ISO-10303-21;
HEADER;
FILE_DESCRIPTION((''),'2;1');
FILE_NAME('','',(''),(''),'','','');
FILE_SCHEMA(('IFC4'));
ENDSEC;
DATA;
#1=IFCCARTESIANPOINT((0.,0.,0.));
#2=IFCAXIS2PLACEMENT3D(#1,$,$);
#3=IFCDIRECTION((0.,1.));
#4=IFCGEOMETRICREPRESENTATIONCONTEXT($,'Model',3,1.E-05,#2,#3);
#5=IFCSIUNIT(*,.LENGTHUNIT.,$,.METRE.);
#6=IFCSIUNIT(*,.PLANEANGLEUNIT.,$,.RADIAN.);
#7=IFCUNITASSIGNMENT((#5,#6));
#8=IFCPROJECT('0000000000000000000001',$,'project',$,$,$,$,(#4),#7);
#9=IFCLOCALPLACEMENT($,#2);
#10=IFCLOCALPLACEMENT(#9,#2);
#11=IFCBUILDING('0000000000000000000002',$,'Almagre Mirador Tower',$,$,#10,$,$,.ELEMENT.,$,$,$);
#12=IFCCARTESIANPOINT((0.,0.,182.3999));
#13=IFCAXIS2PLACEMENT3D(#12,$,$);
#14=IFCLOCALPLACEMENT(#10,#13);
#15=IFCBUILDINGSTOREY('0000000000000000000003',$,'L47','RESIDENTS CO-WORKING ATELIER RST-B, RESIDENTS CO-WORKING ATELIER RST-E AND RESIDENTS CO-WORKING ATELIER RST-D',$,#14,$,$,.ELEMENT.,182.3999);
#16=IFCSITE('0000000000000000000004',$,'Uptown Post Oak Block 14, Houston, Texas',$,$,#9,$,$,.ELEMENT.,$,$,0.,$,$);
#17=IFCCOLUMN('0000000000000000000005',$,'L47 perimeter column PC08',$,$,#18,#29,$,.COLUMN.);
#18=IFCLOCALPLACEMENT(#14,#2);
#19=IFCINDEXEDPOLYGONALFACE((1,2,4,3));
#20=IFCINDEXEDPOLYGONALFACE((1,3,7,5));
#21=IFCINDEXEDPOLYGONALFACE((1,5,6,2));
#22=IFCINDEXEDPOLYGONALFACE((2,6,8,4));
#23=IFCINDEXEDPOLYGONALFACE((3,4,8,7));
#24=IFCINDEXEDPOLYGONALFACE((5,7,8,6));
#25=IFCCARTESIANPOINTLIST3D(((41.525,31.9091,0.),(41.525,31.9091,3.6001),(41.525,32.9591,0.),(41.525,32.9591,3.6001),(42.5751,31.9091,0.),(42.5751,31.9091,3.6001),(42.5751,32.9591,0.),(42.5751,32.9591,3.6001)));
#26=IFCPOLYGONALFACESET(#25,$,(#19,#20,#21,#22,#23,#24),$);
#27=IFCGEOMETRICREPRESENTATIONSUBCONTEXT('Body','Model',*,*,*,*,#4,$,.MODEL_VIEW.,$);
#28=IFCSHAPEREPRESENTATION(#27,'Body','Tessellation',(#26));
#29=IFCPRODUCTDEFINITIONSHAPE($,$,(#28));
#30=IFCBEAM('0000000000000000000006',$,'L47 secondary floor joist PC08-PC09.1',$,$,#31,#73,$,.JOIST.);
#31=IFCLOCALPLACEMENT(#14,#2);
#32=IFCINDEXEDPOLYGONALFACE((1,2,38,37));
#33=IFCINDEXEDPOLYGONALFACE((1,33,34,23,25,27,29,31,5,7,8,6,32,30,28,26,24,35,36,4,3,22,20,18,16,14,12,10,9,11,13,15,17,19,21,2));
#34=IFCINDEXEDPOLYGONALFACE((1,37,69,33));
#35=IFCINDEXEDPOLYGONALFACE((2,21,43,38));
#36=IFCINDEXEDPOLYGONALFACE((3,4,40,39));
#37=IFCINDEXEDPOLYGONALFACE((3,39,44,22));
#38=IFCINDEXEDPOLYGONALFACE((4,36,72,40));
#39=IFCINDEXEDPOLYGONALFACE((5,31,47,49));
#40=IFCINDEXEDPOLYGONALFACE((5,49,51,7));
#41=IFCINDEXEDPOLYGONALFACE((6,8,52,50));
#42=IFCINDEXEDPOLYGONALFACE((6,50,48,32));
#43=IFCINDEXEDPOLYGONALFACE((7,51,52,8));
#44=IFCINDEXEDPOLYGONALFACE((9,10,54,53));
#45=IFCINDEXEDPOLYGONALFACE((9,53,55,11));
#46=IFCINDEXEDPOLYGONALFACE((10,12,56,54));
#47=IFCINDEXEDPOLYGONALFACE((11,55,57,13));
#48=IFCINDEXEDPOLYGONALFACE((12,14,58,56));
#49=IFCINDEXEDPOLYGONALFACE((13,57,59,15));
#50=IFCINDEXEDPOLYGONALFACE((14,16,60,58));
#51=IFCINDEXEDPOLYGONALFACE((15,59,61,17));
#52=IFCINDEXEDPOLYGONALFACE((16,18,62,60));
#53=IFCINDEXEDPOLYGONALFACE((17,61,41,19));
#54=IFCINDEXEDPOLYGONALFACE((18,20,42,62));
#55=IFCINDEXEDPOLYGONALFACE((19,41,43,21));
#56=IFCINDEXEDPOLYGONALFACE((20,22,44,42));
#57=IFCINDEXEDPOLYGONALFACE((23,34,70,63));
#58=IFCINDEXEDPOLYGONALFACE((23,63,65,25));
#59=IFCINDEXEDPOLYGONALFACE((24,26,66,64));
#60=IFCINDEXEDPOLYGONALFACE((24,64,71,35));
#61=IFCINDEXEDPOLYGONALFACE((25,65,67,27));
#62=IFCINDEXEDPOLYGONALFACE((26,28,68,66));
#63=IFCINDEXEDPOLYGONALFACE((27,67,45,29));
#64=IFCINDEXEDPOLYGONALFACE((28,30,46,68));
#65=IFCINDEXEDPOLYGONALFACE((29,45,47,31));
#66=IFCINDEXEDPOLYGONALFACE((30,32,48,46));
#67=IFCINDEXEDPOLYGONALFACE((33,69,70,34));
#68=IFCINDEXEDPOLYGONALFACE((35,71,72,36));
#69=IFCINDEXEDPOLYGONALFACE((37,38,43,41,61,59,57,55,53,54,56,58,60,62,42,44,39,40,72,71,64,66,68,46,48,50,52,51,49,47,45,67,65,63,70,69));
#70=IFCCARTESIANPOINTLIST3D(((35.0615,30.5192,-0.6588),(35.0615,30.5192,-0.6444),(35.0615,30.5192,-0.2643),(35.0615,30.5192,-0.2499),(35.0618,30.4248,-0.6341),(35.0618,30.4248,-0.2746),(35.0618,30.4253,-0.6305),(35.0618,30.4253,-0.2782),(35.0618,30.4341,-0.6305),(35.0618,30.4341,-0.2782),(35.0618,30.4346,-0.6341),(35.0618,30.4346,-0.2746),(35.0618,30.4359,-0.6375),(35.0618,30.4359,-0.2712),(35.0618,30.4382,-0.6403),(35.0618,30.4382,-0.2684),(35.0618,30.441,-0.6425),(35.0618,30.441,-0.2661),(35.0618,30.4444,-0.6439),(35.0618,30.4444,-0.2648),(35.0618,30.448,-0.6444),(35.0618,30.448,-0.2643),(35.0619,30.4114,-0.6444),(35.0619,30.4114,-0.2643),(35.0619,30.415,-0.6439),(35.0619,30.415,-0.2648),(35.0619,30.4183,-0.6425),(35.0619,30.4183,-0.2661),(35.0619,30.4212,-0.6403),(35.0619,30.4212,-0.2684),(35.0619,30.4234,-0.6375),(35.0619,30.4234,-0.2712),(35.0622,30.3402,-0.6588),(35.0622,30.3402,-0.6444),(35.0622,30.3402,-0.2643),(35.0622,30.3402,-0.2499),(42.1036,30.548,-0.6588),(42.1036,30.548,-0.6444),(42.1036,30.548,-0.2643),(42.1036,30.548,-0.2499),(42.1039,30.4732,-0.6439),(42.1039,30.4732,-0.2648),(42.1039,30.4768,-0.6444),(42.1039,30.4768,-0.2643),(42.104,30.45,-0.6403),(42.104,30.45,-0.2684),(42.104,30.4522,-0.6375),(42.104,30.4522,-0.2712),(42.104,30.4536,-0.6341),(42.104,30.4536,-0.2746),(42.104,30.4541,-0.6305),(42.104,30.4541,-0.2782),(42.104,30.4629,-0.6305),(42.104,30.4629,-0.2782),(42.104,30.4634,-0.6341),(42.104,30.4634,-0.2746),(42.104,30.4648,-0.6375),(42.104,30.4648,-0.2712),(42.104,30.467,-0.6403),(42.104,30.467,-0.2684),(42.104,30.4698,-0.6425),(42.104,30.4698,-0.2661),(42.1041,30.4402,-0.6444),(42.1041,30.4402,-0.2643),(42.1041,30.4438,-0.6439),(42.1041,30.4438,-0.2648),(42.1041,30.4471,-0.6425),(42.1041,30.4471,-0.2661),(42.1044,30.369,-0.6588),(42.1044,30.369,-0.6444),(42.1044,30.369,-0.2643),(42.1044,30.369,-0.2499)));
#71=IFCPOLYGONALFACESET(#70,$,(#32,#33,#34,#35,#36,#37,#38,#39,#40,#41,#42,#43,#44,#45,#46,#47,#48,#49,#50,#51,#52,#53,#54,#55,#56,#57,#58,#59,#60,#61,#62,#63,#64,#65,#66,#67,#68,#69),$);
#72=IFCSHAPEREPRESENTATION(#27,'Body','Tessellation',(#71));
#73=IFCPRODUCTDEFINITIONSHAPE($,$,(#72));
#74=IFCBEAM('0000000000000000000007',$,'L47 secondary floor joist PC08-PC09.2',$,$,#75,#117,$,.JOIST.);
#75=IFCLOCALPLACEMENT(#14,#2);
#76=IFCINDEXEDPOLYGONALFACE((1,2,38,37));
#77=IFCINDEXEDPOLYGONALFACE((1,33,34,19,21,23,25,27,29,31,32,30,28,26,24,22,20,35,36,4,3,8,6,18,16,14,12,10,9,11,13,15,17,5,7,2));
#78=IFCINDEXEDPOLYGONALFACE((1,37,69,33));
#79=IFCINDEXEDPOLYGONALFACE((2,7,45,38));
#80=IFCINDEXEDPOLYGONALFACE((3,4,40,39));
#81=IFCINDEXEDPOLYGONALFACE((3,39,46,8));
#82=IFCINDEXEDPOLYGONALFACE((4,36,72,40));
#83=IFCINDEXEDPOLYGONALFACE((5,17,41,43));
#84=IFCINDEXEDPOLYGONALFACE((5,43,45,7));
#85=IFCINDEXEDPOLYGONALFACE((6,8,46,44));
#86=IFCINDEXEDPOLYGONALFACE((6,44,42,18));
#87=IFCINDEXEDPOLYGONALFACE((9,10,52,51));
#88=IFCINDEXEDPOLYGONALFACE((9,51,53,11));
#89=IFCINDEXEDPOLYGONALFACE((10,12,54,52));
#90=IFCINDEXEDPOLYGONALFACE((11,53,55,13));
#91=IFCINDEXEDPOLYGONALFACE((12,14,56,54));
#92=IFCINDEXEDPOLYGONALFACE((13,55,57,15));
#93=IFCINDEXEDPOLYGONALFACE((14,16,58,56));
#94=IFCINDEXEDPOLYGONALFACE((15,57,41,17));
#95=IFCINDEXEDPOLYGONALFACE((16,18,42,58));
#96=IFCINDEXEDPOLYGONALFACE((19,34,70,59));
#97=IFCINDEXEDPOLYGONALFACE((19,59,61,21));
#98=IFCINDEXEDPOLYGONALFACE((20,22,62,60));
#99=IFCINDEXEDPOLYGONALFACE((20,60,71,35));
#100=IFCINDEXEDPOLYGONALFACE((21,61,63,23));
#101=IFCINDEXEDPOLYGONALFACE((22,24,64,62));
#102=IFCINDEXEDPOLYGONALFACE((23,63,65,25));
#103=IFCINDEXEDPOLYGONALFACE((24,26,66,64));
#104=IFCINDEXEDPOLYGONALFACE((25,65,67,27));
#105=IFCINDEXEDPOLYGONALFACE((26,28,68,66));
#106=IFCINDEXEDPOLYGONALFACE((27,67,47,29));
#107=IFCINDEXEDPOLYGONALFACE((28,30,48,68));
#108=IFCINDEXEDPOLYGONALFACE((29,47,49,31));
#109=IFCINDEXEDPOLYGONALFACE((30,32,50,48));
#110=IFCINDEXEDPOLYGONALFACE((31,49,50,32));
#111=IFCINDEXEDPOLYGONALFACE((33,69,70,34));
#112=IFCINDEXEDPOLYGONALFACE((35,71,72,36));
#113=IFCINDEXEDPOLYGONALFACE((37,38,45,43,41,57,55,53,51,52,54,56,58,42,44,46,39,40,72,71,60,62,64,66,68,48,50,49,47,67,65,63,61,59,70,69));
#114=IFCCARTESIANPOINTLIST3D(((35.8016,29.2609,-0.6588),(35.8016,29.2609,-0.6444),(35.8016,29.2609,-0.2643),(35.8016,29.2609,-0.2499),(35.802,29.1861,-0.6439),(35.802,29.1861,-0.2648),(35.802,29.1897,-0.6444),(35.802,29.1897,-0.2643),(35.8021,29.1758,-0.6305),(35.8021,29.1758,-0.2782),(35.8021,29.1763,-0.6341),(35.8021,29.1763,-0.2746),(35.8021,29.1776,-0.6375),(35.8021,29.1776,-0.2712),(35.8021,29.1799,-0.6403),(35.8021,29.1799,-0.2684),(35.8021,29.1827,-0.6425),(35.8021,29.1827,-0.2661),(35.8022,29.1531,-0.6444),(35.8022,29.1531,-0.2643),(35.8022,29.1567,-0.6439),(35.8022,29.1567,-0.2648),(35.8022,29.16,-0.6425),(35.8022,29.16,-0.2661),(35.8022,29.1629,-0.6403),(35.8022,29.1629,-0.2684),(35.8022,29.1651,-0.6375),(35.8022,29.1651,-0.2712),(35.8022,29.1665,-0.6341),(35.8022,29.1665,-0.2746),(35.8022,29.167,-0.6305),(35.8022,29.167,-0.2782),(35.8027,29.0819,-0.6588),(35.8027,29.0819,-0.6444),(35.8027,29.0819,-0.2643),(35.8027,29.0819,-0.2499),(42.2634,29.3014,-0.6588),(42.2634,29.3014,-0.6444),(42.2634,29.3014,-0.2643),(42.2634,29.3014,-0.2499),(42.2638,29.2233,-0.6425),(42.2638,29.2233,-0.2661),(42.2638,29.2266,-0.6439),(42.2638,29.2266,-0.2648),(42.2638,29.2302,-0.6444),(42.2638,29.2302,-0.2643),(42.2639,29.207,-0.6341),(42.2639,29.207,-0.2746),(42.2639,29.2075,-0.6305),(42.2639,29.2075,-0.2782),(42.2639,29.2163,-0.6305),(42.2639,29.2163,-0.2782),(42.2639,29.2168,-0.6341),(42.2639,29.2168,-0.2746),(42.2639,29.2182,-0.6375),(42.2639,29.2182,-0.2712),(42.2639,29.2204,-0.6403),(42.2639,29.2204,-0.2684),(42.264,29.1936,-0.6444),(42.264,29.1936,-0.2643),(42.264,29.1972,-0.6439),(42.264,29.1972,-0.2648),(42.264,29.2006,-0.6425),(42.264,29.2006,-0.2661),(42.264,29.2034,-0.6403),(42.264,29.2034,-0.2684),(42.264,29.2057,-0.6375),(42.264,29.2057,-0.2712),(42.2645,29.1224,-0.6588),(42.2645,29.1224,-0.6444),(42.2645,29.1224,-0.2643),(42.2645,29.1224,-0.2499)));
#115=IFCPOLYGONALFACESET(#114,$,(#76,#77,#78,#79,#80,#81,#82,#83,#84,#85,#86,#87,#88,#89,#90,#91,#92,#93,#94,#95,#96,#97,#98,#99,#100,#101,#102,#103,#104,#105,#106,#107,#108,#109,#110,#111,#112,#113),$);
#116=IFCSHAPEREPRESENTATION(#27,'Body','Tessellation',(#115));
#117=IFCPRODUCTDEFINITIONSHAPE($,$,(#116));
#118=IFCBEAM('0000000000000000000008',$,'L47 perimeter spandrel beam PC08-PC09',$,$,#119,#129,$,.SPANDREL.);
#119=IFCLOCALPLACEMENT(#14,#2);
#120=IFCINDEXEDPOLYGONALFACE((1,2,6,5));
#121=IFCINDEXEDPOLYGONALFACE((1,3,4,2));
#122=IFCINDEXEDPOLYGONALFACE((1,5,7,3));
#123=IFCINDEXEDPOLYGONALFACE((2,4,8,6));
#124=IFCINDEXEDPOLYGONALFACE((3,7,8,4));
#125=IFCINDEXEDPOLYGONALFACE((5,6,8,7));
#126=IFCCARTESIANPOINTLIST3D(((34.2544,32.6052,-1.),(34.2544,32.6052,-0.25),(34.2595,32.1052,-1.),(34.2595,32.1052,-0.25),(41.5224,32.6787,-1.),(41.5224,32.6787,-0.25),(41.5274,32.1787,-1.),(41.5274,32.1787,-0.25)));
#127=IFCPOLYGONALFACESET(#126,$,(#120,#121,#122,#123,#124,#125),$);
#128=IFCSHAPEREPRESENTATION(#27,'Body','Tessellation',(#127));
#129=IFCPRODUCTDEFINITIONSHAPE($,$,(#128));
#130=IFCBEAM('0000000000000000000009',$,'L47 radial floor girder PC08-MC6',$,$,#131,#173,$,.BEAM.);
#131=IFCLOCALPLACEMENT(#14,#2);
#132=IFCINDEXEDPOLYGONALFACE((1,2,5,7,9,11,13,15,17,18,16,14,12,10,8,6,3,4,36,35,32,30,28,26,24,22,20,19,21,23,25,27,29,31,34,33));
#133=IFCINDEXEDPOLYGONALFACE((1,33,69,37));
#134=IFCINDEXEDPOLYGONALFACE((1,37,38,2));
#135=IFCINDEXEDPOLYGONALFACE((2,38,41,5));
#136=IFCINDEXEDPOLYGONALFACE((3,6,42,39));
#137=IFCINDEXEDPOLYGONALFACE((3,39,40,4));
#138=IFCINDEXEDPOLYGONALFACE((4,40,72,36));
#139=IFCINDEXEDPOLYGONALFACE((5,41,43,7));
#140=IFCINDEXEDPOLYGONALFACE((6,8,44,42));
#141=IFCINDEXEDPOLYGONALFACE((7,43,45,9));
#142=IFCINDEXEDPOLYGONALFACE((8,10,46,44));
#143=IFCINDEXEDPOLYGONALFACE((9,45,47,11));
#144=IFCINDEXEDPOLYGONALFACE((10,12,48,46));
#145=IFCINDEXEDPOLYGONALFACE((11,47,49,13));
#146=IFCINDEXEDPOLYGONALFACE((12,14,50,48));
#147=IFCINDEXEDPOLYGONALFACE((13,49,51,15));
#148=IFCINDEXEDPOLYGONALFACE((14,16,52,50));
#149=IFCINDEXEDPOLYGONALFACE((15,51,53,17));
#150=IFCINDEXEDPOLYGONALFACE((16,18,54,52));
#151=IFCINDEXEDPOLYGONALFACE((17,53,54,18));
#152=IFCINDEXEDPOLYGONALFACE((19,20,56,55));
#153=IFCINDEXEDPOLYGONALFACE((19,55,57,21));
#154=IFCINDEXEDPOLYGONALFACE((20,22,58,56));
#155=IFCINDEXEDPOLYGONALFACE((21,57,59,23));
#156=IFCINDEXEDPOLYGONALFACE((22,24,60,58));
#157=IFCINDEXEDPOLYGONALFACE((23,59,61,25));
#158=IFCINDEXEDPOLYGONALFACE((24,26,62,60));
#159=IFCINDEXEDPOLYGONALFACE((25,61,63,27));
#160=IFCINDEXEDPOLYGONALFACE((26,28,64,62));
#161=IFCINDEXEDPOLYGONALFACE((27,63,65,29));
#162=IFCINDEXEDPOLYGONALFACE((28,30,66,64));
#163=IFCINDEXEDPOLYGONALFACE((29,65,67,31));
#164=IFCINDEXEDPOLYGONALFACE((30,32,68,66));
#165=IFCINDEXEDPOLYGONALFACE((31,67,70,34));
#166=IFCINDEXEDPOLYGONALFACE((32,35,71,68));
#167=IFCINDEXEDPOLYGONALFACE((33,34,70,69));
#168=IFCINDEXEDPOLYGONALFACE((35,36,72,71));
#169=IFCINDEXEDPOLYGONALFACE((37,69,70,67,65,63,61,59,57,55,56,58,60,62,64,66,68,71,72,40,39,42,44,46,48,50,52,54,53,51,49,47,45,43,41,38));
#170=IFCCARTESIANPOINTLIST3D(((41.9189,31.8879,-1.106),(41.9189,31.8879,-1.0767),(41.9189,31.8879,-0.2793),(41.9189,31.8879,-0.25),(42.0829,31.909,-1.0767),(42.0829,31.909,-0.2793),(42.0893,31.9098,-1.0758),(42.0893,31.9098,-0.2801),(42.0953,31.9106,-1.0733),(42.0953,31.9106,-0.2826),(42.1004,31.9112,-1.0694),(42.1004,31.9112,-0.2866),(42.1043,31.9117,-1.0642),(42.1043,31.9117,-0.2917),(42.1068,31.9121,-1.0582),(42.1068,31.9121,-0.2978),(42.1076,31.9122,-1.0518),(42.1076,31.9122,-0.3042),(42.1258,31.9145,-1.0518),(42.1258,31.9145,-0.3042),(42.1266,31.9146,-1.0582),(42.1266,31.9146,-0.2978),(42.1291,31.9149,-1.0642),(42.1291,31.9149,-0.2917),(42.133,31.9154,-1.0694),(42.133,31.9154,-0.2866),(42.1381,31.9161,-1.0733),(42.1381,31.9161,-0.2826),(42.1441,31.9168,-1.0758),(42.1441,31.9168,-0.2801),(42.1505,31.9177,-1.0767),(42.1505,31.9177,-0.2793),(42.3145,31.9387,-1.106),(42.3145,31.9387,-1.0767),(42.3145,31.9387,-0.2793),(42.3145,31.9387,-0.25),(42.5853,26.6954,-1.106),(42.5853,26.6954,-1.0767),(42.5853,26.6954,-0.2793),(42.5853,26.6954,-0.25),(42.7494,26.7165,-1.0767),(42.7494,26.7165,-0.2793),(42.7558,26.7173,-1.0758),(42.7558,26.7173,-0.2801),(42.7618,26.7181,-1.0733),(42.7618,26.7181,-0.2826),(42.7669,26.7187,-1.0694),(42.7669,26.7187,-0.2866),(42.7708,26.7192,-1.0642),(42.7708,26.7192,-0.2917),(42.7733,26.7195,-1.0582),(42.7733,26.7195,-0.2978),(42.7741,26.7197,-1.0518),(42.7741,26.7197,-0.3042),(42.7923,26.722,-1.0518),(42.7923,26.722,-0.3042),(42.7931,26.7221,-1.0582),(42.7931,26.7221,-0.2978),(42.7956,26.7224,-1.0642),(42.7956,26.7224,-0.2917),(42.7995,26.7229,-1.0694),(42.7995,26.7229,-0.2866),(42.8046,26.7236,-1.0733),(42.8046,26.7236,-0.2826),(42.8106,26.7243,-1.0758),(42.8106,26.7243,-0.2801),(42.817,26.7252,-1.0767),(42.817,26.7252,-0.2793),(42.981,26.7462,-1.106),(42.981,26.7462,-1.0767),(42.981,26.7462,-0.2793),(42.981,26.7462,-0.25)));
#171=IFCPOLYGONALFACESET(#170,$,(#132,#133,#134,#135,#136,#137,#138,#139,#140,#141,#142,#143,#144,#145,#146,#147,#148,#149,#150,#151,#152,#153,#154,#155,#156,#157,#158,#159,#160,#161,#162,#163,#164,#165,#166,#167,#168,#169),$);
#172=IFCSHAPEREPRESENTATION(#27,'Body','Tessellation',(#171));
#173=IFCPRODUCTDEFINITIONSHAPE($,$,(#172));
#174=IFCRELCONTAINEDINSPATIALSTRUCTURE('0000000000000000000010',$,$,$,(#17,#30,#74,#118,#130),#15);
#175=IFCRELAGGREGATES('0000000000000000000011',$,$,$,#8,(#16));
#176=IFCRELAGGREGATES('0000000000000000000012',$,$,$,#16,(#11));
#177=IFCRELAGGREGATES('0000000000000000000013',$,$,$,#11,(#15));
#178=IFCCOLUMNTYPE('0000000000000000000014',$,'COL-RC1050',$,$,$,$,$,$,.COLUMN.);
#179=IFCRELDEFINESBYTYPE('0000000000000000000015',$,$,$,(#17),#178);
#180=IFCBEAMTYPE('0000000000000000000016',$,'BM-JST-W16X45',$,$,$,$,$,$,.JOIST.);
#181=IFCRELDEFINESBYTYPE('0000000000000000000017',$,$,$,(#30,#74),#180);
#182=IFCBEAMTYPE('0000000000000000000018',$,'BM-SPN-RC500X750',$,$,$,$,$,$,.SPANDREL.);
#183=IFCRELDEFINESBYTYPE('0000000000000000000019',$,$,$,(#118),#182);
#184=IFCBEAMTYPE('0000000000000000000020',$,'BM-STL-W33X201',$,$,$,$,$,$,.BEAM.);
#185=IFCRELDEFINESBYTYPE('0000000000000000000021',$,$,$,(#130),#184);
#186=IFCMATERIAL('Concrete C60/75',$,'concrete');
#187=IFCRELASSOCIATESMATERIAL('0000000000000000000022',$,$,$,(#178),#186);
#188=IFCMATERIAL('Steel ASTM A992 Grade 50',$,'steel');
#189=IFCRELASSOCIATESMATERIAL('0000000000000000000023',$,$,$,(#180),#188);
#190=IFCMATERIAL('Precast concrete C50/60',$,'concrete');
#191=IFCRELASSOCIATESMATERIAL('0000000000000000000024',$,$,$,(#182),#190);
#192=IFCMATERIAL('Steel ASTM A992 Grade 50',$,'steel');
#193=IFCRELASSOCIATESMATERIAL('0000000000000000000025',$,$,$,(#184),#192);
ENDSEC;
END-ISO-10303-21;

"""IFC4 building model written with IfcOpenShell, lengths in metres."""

from ifc_helpers import new_model, si_unit, direction, frame, origin, origin_2d, place, context, subcontext, project, spatial, rectangle, i_section, extrude, material, material_profile, profile_set, type_object, element, save


model = new_model("IFC4")

# Units and contexts
model_context = context("Model", 3, precision=1e-05, world=origin(), true_north=direction((0.0, 1.0)))
body_context = subcontext(model_context, "Body", "Model", "MODEL_VIEW")
ifc_project = project(units=[si_unit("LENGTHUNIT", "METRE"), si_unit("PLANEANGLEUNIT", "RADIAN")], contexts=[model_context])

# Site, building, storey
site_placement = place(None, origin())
site = spatial("IfcSite", under=ifc_project, at=site_placement, Name="Uptown Post Oak Block 14, Houston, Texas", CompositionType="ELEMENT", RefElevation=0.0)
building_placement = place(site_placement, origin())
building = spatial("IfcBuilding", under=site, at=building_placement, Name="Almagre Mirador Tower", CompositionType="ELEMENT")
storey_placement = place(building_placement, frame((0.0, 0.0, 182.3999)))
storey = spatial("IfcBuildingStorey", under=building, at=storey_placement, Name="L47", Description="RESIDENTS CO-WORKING ATELIER RST-B, RESIDENTS CO-WORKING ATELIER RST-E AND RESIDENTS CO-WORKING ATELIER RST-D", CompositionType="ELEMENT", Elevation=182.3999)

# Column
ifc_material_1 = material(Name="Concrete C60/75", Category="concrete")
ifc_material_profile_1 = material_profile(ifc_material_1, rectangle(XDim=1.05, YDim=1.05, at=origin_2d()), Name="RC1050X1050")
ifc_profile_set_1 = profile_set([ifc_material_profile_1], Name="Concrete C60/75")
column_type = type_object("IfcColumnType", Name="COL-RC1050", PredefinedType="COLUMN", material=ifc_profile_set_1)
column_placement = place(storey_placement, frame((42.05, 32.4341, 0.0), z_axis=(0.0, 0.0, 1.0), x_axis=(1.0, 0.0, 0.0)))
element("IfcColumn", 1, at=column_placement, inside=storey, type_object=column_type, Name="L47 perimeter column PC08", PredefinedType="COLUMN", context=body_context, shape_type="SweptSolid", body=[
    extrude(rectangle(XDim=1.05, YDim=1.05, at=origin_2d()), origin(), (0.0, 0.0, 1.0), 3.6001),
])

# Beams
ifc_material_2 = material(Name="Steel ASTM A992 Grade 50", Category="steel")
ifc_material_profile_2 = material_profile(ifc_material_2, i_section(OverallWidth=0.179, OverallDepth=0.4089, WebThickness=0.0088, FlangeThickness=0.0144, FilletRadius=0.0139, at=origin_2d()), Name="W16X45")
ifc_profile_set_2 = profile_set([ifc_material_profile_2], Name="Steel ASTM A992 Grade 50")
beam_type_1 = type_object("IfcBeamType", Name="BM-JST-W16X45", PredefinedType="JOIST", material=ifc_profile_set_2)
beam_1_placement = place(storey_placement, frame((42.104, 30.4585, -0.4543), z_axis=(-0.999992, -0.004091, 0.0), x_axis=(0.004091, -0.999992, 0.0)))
element("IfcBeam", 2, at=beam_1_placement, inside=storey, type_object=beam_type_1, Name="L47 secondary floor joist PC08-PC09.1", PredefinedType="JOIST", context=body_context, shape_type="SweptSolid", body=[
    extrude(i_section(OverallWidth=0.179, OverallDepth=0.4089, WebThickness=0.0088, FlangeThickness=0.0144, FilletRadius=0.0139, at=origin_2d()), origin(), (0.0, 0.0, 1.0), 7.0422),
])
beam_2_placement = place(storey_placement, frame((42.2639, 29.2119, -0.4543), z_axis=(-0.99998, -0.006272, 0.0), x_axis=(0.006272, -0.99998, 0.0)))
element("IfcBeam", 3, at=beam_2_placement, inside=storey, type_object=beam_type_1, Name="L47 secondary floor joist PC08-PC09.2", PredefinedType="JOIST", context=body_context, shape_type="SweptSolid", body=[
    extrude(i_section(OverallWidth=0.179, OverallDepth=0.4089, WebThickness=0.0088, FlangeThickness=0.0144, FilletRadius=0.0139, at=origin_2d()), origin(), (0.0, 0.0, 1.0), 6.4619),
])
ifc_material_3 = material(Name="Precast concrete C50/60", Category="concrete")
ifc_material_profile_3 = material_profile(ifc_material_3, rectangle(XDim=0.5, YDim=0.75, at=origin_2d()), Name="RC500X750")
ifc_profile_set_3 = profile_set([ifc_material_profile_3], Name="Precast concrete C50/60")
beam_type_2 = type_object("IfcBeamType", Name="BM-SPN-RC500X750", PredefinedType="SPANDREL", material=ifc_profile_set_3)
beam_3_placement = place(storey_placement, frame((41.5249, 32.4287, -0.625), z_axis=(-0.999949, -0.010111, 0.0), x_axis=(0.010111, -0.999949, 0.0)))
element("IfcBeam", 4, at=beam_3_placement, inside=storey, type_object=beam_type_2, Name="L47 perimeter spandrel beam PC08-PC09", PredefinedType="SPANDREL", context=body_context, shape_type="SweptSolid", body=[
    extrude(rectangle(XDim=0.5, YDim=0.75, at=origin_2d()), origin(), (0.0, 0.0, 1.0), 7.2683),
])
ifc_material_4 = material(Name="Steel ASTM A992 Grade 50", Category="steel")
ifc_material_profile_4 = material_profile(ifc_material_4, i_section(OverallWidth=0.3989, OverallDepth=0.856, WebThickness=0.0183, FlangeThickness=0.0293, FilletRadius=0.0249, at=origin_2d()), Name="W33X201")
ifc_profile_set_4 = profile_set([ifc_material_profile_4], Name="Steel ASTM A992 Grade 50")
beam_type_3 = type_object("IfcBeamType", Name="BM-STL-W33X201", PredefinedType="BEAM", material=ifc_profile_set_4)
beam_4_placement = place(storey_placement, frame((42.1167, 31.9133, -0.678), z_axis=(0.127311, -0.991863, 0.0), x_axis=(0.991863, 0.127311, 0.0)))
element("IfcBeam", 5, at=beam_4_placement, inside=storey, type_object=beam_type_3, Name="L47 radial floor girder PC08-MC6", PredefinedType="BEAM", context=body_context, shape_type="SweptSolid", body=[
    extrude(i_section(OverallWidth=0.3989, OverallDepth=0.856, WebThickness=0.0183, FlangeThickness=0.0293, FilletRadius=0.0249, at=origin_2d()), origin(), (0.0, 0.0, 1.0), 5.2351),
])

save(model, "model.ifc")
